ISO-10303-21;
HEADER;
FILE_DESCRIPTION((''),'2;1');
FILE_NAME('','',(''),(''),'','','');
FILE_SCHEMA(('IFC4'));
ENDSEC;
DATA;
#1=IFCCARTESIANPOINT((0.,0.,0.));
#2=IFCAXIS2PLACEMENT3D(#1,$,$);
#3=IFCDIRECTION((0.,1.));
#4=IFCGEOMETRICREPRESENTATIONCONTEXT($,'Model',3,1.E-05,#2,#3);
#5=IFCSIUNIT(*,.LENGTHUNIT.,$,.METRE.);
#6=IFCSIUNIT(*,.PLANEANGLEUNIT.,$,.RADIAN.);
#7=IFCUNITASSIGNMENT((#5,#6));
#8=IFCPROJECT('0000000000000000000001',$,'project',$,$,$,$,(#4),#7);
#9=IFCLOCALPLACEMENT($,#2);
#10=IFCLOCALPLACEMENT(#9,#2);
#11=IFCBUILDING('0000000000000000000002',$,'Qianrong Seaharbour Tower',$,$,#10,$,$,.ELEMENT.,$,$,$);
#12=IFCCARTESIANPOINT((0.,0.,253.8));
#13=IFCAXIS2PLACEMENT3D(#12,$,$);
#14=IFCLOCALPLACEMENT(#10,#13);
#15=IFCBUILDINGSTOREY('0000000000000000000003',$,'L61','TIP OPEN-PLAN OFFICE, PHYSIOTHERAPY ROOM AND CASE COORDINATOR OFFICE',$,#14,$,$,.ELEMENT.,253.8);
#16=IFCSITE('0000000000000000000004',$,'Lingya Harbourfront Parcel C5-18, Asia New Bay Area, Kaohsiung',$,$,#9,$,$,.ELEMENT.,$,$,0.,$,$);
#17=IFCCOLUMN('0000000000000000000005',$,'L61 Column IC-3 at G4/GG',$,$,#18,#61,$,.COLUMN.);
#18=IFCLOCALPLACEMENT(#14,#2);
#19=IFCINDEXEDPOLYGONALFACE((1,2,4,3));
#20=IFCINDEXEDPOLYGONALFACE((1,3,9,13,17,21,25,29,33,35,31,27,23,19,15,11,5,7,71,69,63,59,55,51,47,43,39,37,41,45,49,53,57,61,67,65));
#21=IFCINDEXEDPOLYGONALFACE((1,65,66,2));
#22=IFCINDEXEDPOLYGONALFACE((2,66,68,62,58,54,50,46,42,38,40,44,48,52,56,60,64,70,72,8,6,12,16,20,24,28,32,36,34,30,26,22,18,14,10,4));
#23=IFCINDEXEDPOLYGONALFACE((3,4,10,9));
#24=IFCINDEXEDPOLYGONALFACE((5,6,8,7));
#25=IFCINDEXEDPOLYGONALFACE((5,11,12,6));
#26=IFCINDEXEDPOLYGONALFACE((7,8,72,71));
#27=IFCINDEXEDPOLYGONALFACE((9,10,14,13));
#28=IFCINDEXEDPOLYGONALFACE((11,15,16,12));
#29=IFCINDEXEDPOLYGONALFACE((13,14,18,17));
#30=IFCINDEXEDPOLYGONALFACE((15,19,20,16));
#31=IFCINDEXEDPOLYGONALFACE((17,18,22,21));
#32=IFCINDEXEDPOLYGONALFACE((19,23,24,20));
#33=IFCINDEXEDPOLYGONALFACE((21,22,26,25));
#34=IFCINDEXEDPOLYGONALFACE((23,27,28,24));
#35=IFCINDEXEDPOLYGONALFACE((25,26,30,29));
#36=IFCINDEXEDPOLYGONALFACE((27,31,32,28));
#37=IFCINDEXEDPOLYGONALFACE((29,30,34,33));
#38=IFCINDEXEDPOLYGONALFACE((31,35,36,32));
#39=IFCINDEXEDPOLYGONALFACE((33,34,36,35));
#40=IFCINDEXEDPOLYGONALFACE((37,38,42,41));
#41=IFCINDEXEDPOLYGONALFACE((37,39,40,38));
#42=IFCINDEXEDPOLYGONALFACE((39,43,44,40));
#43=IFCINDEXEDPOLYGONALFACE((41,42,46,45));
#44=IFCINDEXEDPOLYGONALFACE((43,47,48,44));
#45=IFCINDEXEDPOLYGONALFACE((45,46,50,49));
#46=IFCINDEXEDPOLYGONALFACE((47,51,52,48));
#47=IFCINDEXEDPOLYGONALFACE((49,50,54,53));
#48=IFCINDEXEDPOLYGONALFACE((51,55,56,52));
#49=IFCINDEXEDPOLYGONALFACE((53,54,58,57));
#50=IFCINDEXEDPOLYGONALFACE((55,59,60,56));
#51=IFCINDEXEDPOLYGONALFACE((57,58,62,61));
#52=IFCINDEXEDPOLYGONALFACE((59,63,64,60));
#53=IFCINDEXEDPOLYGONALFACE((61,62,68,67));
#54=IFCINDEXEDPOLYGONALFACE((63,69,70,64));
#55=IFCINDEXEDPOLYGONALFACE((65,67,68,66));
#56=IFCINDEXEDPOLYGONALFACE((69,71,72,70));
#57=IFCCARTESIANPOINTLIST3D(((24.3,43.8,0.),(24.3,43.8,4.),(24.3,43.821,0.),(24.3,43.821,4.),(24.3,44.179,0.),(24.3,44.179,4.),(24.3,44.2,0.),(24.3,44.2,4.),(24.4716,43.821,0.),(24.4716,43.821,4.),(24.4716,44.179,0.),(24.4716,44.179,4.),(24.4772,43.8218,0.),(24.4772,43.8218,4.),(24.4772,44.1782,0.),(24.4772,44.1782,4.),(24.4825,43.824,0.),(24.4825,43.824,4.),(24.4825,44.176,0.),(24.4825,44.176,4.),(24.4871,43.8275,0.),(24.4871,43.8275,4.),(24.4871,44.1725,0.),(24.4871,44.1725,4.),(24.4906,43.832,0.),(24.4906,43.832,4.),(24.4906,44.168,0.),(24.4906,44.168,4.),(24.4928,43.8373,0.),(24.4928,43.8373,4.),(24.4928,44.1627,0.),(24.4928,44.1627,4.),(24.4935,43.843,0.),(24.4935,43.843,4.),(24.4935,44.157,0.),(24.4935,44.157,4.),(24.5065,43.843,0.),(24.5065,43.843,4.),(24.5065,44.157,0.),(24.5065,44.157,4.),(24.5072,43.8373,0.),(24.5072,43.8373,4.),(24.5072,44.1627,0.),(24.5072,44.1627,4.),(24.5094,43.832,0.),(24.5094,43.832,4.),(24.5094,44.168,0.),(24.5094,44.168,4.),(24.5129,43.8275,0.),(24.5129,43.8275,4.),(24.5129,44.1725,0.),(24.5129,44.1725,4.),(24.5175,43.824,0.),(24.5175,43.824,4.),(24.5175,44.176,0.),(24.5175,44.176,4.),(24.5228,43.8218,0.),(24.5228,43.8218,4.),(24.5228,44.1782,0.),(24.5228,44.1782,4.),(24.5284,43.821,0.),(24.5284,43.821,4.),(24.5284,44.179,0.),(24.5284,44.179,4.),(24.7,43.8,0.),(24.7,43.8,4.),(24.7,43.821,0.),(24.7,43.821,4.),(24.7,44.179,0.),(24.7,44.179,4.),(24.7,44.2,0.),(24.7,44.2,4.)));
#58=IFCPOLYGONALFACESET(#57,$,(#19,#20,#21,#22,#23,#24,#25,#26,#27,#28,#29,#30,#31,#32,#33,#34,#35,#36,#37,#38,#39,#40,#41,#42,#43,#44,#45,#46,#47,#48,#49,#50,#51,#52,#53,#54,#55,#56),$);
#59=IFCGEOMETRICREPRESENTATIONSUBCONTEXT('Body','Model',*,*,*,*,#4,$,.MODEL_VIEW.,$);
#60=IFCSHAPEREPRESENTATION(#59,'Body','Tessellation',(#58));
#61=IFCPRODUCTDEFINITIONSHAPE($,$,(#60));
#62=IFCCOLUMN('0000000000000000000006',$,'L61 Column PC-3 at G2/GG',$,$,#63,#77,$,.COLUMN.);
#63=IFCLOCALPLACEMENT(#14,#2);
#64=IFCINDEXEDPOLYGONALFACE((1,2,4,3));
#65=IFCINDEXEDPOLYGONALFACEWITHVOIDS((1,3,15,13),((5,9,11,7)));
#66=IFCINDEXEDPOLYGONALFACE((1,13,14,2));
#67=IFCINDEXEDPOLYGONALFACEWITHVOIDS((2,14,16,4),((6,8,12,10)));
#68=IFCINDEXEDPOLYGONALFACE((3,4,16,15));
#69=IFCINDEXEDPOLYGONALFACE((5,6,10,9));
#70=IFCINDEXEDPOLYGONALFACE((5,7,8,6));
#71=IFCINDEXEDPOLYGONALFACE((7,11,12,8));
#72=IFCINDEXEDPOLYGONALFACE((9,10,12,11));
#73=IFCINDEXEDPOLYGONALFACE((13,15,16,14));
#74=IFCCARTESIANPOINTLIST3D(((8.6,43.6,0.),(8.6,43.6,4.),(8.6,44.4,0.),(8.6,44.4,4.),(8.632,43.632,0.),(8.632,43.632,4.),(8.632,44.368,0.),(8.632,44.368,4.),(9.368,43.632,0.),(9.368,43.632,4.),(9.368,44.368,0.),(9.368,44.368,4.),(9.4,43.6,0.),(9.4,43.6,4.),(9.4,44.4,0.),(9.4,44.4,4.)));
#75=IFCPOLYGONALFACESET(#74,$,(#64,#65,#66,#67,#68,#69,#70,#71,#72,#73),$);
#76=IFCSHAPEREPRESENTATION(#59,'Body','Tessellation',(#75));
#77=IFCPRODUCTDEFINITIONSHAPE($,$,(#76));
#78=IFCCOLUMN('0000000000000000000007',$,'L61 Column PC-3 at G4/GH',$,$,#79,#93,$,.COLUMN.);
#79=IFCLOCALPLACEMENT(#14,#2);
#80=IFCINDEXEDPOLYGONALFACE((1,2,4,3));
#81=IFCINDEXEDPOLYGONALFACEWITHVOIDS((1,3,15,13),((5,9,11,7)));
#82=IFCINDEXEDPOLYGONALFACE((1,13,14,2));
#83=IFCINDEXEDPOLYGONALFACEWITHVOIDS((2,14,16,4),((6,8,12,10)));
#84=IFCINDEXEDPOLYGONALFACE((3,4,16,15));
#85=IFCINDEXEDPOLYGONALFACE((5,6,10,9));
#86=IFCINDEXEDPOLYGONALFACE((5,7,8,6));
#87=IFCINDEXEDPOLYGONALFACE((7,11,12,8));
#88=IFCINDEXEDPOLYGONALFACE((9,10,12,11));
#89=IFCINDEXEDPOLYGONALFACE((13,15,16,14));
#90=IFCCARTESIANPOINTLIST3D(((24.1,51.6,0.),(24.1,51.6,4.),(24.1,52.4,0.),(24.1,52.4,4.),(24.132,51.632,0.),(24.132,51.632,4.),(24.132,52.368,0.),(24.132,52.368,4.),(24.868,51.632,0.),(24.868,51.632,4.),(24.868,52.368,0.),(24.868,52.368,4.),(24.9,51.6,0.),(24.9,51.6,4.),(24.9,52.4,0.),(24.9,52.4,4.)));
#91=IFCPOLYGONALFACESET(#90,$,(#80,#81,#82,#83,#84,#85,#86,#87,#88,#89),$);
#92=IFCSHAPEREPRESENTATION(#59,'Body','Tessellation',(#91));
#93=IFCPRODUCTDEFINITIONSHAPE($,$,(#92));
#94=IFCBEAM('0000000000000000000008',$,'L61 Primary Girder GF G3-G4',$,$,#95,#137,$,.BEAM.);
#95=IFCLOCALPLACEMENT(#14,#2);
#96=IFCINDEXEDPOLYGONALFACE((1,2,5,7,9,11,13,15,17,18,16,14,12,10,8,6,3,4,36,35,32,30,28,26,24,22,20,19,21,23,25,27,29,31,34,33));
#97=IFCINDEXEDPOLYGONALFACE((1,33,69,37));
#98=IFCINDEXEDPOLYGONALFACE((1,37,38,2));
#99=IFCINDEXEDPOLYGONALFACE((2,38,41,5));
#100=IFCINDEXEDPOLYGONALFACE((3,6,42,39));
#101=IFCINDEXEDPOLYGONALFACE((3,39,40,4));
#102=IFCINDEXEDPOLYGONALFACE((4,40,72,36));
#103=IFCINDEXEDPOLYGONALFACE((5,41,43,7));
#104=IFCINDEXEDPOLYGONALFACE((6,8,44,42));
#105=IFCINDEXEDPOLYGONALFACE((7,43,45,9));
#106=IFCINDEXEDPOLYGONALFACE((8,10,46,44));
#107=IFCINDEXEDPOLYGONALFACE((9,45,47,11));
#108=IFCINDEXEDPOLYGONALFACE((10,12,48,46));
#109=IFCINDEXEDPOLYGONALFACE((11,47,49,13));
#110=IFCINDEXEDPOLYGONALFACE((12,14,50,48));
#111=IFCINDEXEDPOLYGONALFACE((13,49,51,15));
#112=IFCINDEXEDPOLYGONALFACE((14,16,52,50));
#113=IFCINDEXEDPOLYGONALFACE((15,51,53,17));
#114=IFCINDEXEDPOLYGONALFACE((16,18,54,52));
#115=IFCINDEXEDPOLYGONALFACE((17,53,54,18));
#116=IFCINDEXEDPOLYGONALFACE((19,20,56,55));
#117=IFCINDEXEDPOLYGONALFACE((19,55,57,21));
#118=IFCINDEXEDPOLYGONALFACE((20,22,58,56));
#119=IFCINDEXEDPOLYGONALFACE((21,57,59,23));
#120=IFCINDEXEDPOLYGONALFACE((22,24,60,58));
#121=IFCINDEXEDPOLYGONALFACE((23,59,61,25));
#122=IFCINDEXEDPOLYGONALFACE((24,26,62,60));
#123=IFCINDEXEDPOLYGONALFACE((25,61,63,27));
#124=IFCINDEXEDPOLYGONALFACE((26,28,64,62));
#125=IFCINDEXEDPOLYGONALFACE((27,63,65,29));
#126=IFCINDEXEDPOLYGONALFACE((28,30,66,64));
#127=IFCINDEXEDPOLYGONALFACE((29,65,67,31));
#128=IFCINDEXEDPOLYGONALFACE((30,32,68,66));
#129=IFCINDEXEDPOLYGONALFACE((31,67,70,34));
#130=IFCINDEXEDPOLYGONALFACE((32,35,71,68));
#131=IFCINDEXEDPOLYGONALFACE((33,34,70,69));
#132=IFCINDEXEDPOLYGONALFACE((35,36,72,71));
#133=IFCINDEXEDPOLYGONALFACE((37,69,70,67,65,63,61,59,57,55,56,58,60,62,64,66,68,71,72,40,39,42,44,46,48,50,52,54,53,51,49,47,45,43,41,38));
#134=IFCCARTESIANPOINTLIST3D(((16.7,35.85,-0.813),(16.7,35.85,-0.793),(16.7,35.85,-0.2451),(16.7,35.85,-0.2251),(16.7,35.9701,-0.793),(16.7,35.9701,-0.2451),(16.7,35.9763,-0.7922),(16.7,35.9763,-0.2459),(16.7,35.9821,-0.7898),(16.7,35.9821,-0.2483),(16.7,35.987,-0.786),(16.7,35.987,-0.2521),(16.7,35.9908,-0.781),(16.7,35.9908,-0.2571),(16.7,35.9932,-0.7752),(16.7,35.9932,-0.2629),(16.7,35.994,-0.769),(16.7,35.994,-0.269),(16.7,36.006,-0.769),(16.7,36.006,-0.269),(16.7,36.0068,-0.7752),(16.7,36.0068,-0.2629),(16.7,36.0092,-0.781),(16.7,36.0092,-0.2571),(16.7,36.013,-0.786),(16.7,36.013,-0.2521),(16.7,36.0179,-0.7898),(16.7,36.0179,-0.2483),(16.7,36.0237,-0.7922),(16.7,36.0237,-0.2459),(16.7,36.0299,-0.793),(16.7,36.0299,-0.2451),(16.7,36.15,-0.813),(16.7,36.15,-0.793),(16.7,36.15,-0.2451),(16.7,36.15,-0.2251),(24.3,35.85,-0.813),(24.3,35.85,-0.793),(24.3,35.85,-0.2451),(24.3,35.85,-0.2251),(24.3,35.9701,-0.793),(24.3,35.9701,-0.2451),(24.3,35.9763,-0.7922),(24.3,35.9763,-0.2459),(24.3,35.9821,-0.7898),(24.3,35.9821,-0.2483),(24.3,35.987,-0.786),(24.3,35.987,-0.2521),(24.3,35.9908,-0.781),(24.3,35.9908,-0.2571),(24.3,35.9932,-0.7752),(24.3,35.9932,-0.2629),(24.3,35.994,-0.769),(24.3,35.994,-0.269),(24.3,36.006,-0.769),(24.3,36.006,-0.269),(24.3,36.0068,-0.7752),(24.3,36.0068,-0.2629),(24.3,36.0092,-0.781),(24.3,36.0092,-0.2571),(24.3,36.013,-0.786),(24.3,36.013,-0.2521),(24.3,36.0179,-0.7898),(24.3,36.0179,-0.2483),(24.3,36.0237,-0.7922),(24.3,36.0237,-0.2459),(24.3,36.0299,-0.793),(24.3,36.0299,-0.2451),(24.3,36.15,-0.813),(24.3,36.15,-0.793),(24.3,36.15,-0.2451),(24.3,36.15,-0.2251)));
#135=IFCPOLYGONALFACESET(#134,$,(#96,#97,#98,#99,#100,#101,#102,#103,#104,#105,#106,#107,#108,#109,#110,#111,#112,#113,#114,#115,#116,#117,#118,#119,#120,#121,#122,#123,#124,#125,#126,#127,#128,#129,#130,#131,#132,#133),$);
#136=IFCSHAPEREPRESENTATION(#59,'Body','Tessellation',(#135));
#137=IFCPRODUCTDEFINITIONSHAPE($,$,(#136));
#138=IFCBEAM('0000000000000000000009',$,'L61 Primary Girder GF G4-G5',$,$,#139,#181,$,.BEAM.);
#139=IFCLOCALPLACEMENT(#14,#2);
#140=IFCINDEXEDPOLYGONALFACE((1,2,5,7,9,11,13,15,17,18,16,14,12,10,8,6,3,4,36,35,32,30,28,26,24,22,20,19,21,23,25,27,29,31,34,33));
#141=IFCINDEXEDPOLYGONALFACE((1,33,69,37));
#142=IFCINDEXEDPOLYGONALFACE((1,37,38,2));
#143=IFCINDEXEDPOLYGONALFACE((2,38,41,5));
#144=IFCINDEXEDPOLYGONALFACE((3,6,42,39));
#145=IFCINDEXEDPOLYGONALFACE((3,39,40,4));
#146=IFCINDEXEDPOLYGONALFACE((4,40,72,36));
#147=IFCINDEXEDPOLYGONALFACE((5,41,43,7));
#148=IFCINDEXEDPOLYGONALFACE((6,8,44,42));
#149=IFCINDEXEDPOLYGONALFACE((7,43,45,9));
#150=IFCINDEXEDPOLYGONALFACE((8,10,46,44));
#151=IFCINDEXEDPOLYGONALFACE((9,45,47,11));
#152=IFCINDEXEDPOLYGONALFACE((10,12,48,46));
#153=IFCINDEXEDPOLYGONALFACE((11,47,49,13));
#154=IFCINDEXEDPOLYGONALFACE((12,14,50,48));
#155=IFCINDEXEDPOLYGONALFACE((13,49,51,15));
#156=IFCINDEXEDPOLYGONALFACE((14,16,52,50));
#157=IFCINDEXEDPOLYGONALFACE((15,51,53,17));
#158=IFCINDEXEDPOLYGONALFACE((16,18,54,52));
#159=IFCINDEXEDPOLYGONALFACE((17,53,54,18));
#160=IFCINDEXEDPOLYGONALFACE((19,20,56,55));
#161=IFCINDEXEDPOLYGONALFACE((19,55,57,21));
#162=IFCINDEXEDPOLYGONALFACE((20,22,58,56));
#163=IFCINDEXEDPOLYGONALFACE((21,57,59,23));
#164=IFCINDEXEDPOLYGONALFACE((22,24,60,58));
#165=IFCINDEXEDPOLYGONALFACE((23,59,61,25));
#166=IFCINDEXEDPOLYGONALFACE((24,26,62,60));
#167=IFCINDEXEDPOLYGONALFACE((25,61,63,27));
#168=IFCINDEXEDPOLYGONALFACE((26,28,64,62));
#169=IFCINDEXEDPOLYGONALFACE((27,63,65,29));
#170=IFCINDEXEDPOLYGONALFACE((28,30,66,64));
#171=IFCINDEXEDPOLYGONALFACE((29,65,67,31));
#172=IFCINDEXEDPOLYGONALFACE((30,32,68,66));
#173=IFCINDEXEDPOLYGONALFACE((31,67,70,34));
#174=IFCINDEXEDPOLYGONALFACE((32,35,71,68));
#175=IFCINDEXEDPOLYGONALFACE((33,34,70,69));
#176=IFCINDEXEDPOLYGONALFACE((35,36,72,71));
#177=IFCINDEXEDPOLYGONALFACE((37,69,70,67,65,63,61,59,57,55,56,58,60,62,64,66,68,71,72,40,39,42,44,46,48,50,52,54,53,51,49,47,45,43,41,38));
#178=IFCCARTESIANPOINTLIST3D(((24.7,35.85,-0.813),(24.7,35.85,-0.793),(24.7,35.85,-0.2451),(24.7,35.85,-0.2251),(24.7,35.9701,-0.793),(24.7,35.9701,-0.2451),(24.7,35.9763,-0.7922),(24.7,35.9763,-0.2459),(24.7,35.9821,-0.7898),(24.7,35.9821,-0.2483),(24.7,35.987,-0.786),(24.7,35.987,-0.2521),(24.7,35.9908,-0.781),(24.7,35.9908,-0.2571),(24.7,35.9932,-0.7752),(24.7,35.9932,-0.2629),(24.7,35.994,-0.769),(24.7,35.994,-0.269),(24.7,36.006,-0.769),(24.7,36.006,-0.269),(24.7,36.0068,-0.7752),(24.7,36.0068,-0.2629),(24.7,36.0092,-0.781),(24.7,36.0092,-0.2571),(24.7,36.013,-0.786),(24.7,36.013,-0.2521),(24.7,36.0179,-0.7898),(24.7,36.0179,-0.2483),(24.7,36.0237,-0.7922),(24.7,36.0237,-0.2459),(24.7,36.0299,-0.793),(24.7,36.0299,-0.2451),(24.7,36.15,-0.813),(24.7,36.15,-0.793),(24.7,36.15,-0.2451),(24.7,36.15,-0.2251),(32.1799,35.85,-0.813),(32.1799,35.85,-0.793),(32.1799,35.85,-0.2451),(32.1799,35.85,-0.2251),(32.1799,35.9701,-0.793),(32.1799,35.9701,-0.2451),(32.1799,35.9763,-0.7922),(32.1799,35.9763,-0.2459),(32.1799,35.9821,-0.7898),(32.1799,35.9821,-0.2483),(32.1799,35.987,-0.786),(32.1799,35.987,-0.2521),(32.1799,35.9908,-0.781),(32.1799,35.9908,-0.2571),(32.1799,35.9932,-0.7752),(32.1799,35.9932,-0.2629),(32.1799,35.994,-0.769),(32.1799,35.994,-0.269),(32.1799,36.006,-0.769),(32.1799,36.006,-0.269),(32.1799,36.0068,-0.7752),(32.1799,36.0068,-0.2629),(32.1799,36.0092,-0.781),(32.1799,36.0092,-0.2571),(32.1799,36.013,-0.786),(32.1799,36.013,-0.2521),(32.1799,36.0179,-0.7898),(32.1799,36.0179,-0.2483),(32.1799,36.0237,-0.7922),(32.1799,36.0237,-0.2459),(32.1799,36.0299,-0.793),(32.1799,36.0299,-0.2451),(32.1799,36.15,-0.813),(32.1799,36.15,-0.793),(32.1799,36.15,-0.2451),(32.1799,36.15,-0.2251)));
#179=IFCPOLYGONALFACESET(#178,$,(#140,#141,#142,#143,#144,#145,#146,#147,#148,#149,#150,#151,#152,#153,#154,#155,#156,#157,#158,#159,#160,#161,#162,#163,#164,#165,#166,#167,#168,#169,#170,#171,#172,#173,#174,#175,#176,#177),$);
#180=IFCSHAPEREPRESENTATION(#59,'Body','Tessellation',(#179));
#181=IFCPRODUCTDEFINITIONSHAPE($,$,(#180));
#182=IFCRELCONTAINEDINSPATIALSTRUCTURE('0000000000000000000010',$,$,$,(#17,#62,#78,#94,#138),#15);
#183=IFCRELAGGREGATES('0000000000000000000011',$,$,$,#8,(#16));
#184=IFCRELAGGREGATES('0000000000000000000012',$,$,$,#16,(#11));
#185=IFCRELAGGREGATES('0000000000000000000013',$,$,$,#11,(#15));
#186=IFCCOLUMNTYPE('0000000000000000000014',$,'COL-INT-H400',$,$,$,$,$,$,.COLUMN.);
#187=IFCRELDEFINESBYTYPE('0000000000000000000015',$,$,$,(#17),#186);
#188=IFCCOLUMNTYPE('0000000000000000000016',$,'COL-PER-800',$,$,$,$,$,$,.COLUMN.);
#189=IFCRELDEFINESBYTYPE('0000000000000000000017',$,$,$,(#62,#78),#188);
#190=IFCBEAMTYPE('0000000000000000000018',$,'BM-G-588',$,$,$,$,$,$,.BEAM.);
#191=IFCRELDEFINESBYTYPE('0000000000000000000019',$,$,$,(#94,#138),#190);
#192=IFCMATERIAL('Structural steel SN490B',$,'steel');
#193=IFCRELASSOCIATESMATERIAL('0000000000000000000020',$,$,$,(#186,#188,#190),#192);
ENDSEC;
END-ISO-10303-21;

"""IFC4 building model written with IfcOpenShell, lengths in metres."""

from ifc_helpers import new_model, si_unit, direction, frame, origin, origin_2d, place, context, subcontext, project, spatial, hollow_rectangle, i_section, extrude, material, material_profile, profile_set, type_object, element, save


model = new_model("IFC4")

# Units and contexts
model_context = context("Model", 3, precision=1e-05, world=origin(), true_north=direction((0.0, 1.0)))
body_context = subcontext(model_context, "Body", "Model", "MODEL_VIEW")
ifc_project = project(units=[si_unit("LENGTHUNIT", "METRE"), si_unit("PLANEANGLEUNIT", "RADIAN")], contexts=[model_context])

# Site, building, storey
site_placement = place(None, origin())
site = spatial("IfcSite", under=ifc_project, at=site_placement, Name="Lingya Harbourfront Parcel C5-18, Asia New Bay Area, Kaohsiung", CompositionType="ELEMENT", RefElevation=0.0)
building_placement = place(site_placement, origin())
building = spatial("IfcBuilding", under=site, at=building_placement, Name="Qianrong Seaharbour Tower", CompositionType="ELEMENT")
storey_placement = place(building_placement, frame((0.0, 0.0, 253.8)))
storey = spatial("IfcBuildingStorey", under=building, at=storey_placement, Name="L61", Description="TIP OPEN-PLAN OFFICE, PHYSIOTHERAPY ROOM AND CASE COORDINATOR OFFICE", CompositionType="ELEMENT", Elevation=253.8)

# Columns
ifc_material_1 = material(Name="Structural steel SN490B", Category="steel")
ifc_material_profile_1 = material_profile(ifc_material_1, i_section(OverallWidth=0.3999, OverallDepth=0.3999, WebThickness=0.0129, FlangeThickness=0.021, FilletRadius=0.022, at=origin_2d()), Name="H400x400x13x21")
ifc_profile_set_1 = profile_set([ifc_material_profile_1], Name="Structural steel SN490B")
column_type_1 = type_object("IfcColumnType", Name="COL-INT-H400", PredefinedType="COLUMN", material=ifc_profile_set_1)
for number, where, z_axis, x_axis, name in (
    (1, (24.5, 44.0, 0.0), (0.0, 0.0, 1.0), (1.0, 0.0, 0.0), "L61 Column IC-3 at G4/GG"),
):
    element("IfcColumn", number, at=place(storey_placement, frame(where, z_axis=z_axis, x_axis=x_axis)), inside=storey, type_object=column_type_1, Name=name, PredefinedType="COLUMN", context=body_context, shape_type="SweptSolid", body=[
        extrude(i_section(OverallWidth=0.3999, OverallDepth=0.3999, WebThickness=0.0129, FlangeThickness=0.021, FilletRadius=0.022, at=origin_2d()), origin(), (0.0, 0.0, 1.0), 4.0),
    ])
ifc_material_profile_2 = material_profile(ifc_material_1, hollow_rectangle(XDim=0.8, YDim=0.8, WallThickness=0.032, at=origin_2d()), Name="BOX800x800x32")
ifc_profile_set_2 = profile_set([ifc_material_profile_2], Name="Structural steel SN490B")
column_type_2 = type_object("IfcColumnType", Name="COL-PER-800", PredefinedType="COLUMN", material=ifc_profile_set_2)
for number, where, z_axis, x_axis, name in (
    (2, (9.0, 44.0, 0.0), (0.0, 0.0, 1.0), (1.0, 0.0, 0.0), "L61 Column PC-3 at G2/GG"),
    (3, (24.5, 52.0, 0.0), (0.0, 0.0, 1.0), (1.0, 0.0, 0.0), "L61 Column PC-3 at G4/GH"),
):
    element("IfcColumn", number, at=place(storey_placement, frame(where, z_axis=z_axis, x_axis=x_axis)), inside=storey, type_object=column_type_2, Name=name, PredefinedType="COLUMN", context=body_context, shape_type="SweptSolid", body=[
        extrude(hollow_rectangle(XDim=0.8, YDim=0.8, WallThickness=0.032, at=origin_2d()), origin(), (0.0, 0.0, 1.0), 4.0),
    ])

# Beams
ifc_material_profile_3 = material_profile(ifc_material_1, i_section(OverallWidth=0.3, OverallDepth=0.5879, WebThickness=0.012, FlangeThickness=0.02, FilletRadius=0.0239, at=origin_2d()), Name="H588x300x12x20")
ifc_profile_set_3 = profile_set([ifc_material_profile_3], Name="Structural steel SN490B")
beam_type_1 = type_object("IfcBeamType", Name="BM-G-588", PredefinedType="BEAM", material=ifc_profile_set_3)
beam_1_placement = place(storey_placement, frame((16.7, 36.0, -0.519), z_axis=(1.0, 0.0, 0.0), x_axis=(0.0, 1.0, 0.0)))
element("IfcBeam", 4, at=beam_1_placement, inside=storey, type_object=beam_type_1, Name="L61 Primary Girder GF G3-G4", PredefinedType="BEAM", context=body_context, shape_type="SweptSolid", body=[
    extrude(i_section(OverallWidth=0.3, OverallDepth=0.5879, WebThickness=0.012, FlangeThickness=0.02, FilletRadius=0.0239, at=origin_2d()), origin(), (0.0, 0.0, 1.0), 7.6001),
])
beam_2_placement = place(storey_placement, frame((24.7, 36.0, -0.519), z_axis=(1.0, 0.0, 0.0), x_axis=(0.0, 1.0, 0.0)))
element("IfcBeam", 5, at=beam_2_placement, inside=storey, type_object=beam_type_1, Name="L61 Primary Girder GF G4-G5", PredefinedType="BEAM", context=body_context, shape_type="SweptSolid", body=[
    extrude(i_section(OverallWidth=0.3, OverallDepth=0.5879, WebThickness=0.012, FlangeThickness=0.02, FilletRadius=0.0239, at=origin_2d()), origin(), (0.0, 0.0, 1.0), 7.48),
])

save(model, "model.ifc")
